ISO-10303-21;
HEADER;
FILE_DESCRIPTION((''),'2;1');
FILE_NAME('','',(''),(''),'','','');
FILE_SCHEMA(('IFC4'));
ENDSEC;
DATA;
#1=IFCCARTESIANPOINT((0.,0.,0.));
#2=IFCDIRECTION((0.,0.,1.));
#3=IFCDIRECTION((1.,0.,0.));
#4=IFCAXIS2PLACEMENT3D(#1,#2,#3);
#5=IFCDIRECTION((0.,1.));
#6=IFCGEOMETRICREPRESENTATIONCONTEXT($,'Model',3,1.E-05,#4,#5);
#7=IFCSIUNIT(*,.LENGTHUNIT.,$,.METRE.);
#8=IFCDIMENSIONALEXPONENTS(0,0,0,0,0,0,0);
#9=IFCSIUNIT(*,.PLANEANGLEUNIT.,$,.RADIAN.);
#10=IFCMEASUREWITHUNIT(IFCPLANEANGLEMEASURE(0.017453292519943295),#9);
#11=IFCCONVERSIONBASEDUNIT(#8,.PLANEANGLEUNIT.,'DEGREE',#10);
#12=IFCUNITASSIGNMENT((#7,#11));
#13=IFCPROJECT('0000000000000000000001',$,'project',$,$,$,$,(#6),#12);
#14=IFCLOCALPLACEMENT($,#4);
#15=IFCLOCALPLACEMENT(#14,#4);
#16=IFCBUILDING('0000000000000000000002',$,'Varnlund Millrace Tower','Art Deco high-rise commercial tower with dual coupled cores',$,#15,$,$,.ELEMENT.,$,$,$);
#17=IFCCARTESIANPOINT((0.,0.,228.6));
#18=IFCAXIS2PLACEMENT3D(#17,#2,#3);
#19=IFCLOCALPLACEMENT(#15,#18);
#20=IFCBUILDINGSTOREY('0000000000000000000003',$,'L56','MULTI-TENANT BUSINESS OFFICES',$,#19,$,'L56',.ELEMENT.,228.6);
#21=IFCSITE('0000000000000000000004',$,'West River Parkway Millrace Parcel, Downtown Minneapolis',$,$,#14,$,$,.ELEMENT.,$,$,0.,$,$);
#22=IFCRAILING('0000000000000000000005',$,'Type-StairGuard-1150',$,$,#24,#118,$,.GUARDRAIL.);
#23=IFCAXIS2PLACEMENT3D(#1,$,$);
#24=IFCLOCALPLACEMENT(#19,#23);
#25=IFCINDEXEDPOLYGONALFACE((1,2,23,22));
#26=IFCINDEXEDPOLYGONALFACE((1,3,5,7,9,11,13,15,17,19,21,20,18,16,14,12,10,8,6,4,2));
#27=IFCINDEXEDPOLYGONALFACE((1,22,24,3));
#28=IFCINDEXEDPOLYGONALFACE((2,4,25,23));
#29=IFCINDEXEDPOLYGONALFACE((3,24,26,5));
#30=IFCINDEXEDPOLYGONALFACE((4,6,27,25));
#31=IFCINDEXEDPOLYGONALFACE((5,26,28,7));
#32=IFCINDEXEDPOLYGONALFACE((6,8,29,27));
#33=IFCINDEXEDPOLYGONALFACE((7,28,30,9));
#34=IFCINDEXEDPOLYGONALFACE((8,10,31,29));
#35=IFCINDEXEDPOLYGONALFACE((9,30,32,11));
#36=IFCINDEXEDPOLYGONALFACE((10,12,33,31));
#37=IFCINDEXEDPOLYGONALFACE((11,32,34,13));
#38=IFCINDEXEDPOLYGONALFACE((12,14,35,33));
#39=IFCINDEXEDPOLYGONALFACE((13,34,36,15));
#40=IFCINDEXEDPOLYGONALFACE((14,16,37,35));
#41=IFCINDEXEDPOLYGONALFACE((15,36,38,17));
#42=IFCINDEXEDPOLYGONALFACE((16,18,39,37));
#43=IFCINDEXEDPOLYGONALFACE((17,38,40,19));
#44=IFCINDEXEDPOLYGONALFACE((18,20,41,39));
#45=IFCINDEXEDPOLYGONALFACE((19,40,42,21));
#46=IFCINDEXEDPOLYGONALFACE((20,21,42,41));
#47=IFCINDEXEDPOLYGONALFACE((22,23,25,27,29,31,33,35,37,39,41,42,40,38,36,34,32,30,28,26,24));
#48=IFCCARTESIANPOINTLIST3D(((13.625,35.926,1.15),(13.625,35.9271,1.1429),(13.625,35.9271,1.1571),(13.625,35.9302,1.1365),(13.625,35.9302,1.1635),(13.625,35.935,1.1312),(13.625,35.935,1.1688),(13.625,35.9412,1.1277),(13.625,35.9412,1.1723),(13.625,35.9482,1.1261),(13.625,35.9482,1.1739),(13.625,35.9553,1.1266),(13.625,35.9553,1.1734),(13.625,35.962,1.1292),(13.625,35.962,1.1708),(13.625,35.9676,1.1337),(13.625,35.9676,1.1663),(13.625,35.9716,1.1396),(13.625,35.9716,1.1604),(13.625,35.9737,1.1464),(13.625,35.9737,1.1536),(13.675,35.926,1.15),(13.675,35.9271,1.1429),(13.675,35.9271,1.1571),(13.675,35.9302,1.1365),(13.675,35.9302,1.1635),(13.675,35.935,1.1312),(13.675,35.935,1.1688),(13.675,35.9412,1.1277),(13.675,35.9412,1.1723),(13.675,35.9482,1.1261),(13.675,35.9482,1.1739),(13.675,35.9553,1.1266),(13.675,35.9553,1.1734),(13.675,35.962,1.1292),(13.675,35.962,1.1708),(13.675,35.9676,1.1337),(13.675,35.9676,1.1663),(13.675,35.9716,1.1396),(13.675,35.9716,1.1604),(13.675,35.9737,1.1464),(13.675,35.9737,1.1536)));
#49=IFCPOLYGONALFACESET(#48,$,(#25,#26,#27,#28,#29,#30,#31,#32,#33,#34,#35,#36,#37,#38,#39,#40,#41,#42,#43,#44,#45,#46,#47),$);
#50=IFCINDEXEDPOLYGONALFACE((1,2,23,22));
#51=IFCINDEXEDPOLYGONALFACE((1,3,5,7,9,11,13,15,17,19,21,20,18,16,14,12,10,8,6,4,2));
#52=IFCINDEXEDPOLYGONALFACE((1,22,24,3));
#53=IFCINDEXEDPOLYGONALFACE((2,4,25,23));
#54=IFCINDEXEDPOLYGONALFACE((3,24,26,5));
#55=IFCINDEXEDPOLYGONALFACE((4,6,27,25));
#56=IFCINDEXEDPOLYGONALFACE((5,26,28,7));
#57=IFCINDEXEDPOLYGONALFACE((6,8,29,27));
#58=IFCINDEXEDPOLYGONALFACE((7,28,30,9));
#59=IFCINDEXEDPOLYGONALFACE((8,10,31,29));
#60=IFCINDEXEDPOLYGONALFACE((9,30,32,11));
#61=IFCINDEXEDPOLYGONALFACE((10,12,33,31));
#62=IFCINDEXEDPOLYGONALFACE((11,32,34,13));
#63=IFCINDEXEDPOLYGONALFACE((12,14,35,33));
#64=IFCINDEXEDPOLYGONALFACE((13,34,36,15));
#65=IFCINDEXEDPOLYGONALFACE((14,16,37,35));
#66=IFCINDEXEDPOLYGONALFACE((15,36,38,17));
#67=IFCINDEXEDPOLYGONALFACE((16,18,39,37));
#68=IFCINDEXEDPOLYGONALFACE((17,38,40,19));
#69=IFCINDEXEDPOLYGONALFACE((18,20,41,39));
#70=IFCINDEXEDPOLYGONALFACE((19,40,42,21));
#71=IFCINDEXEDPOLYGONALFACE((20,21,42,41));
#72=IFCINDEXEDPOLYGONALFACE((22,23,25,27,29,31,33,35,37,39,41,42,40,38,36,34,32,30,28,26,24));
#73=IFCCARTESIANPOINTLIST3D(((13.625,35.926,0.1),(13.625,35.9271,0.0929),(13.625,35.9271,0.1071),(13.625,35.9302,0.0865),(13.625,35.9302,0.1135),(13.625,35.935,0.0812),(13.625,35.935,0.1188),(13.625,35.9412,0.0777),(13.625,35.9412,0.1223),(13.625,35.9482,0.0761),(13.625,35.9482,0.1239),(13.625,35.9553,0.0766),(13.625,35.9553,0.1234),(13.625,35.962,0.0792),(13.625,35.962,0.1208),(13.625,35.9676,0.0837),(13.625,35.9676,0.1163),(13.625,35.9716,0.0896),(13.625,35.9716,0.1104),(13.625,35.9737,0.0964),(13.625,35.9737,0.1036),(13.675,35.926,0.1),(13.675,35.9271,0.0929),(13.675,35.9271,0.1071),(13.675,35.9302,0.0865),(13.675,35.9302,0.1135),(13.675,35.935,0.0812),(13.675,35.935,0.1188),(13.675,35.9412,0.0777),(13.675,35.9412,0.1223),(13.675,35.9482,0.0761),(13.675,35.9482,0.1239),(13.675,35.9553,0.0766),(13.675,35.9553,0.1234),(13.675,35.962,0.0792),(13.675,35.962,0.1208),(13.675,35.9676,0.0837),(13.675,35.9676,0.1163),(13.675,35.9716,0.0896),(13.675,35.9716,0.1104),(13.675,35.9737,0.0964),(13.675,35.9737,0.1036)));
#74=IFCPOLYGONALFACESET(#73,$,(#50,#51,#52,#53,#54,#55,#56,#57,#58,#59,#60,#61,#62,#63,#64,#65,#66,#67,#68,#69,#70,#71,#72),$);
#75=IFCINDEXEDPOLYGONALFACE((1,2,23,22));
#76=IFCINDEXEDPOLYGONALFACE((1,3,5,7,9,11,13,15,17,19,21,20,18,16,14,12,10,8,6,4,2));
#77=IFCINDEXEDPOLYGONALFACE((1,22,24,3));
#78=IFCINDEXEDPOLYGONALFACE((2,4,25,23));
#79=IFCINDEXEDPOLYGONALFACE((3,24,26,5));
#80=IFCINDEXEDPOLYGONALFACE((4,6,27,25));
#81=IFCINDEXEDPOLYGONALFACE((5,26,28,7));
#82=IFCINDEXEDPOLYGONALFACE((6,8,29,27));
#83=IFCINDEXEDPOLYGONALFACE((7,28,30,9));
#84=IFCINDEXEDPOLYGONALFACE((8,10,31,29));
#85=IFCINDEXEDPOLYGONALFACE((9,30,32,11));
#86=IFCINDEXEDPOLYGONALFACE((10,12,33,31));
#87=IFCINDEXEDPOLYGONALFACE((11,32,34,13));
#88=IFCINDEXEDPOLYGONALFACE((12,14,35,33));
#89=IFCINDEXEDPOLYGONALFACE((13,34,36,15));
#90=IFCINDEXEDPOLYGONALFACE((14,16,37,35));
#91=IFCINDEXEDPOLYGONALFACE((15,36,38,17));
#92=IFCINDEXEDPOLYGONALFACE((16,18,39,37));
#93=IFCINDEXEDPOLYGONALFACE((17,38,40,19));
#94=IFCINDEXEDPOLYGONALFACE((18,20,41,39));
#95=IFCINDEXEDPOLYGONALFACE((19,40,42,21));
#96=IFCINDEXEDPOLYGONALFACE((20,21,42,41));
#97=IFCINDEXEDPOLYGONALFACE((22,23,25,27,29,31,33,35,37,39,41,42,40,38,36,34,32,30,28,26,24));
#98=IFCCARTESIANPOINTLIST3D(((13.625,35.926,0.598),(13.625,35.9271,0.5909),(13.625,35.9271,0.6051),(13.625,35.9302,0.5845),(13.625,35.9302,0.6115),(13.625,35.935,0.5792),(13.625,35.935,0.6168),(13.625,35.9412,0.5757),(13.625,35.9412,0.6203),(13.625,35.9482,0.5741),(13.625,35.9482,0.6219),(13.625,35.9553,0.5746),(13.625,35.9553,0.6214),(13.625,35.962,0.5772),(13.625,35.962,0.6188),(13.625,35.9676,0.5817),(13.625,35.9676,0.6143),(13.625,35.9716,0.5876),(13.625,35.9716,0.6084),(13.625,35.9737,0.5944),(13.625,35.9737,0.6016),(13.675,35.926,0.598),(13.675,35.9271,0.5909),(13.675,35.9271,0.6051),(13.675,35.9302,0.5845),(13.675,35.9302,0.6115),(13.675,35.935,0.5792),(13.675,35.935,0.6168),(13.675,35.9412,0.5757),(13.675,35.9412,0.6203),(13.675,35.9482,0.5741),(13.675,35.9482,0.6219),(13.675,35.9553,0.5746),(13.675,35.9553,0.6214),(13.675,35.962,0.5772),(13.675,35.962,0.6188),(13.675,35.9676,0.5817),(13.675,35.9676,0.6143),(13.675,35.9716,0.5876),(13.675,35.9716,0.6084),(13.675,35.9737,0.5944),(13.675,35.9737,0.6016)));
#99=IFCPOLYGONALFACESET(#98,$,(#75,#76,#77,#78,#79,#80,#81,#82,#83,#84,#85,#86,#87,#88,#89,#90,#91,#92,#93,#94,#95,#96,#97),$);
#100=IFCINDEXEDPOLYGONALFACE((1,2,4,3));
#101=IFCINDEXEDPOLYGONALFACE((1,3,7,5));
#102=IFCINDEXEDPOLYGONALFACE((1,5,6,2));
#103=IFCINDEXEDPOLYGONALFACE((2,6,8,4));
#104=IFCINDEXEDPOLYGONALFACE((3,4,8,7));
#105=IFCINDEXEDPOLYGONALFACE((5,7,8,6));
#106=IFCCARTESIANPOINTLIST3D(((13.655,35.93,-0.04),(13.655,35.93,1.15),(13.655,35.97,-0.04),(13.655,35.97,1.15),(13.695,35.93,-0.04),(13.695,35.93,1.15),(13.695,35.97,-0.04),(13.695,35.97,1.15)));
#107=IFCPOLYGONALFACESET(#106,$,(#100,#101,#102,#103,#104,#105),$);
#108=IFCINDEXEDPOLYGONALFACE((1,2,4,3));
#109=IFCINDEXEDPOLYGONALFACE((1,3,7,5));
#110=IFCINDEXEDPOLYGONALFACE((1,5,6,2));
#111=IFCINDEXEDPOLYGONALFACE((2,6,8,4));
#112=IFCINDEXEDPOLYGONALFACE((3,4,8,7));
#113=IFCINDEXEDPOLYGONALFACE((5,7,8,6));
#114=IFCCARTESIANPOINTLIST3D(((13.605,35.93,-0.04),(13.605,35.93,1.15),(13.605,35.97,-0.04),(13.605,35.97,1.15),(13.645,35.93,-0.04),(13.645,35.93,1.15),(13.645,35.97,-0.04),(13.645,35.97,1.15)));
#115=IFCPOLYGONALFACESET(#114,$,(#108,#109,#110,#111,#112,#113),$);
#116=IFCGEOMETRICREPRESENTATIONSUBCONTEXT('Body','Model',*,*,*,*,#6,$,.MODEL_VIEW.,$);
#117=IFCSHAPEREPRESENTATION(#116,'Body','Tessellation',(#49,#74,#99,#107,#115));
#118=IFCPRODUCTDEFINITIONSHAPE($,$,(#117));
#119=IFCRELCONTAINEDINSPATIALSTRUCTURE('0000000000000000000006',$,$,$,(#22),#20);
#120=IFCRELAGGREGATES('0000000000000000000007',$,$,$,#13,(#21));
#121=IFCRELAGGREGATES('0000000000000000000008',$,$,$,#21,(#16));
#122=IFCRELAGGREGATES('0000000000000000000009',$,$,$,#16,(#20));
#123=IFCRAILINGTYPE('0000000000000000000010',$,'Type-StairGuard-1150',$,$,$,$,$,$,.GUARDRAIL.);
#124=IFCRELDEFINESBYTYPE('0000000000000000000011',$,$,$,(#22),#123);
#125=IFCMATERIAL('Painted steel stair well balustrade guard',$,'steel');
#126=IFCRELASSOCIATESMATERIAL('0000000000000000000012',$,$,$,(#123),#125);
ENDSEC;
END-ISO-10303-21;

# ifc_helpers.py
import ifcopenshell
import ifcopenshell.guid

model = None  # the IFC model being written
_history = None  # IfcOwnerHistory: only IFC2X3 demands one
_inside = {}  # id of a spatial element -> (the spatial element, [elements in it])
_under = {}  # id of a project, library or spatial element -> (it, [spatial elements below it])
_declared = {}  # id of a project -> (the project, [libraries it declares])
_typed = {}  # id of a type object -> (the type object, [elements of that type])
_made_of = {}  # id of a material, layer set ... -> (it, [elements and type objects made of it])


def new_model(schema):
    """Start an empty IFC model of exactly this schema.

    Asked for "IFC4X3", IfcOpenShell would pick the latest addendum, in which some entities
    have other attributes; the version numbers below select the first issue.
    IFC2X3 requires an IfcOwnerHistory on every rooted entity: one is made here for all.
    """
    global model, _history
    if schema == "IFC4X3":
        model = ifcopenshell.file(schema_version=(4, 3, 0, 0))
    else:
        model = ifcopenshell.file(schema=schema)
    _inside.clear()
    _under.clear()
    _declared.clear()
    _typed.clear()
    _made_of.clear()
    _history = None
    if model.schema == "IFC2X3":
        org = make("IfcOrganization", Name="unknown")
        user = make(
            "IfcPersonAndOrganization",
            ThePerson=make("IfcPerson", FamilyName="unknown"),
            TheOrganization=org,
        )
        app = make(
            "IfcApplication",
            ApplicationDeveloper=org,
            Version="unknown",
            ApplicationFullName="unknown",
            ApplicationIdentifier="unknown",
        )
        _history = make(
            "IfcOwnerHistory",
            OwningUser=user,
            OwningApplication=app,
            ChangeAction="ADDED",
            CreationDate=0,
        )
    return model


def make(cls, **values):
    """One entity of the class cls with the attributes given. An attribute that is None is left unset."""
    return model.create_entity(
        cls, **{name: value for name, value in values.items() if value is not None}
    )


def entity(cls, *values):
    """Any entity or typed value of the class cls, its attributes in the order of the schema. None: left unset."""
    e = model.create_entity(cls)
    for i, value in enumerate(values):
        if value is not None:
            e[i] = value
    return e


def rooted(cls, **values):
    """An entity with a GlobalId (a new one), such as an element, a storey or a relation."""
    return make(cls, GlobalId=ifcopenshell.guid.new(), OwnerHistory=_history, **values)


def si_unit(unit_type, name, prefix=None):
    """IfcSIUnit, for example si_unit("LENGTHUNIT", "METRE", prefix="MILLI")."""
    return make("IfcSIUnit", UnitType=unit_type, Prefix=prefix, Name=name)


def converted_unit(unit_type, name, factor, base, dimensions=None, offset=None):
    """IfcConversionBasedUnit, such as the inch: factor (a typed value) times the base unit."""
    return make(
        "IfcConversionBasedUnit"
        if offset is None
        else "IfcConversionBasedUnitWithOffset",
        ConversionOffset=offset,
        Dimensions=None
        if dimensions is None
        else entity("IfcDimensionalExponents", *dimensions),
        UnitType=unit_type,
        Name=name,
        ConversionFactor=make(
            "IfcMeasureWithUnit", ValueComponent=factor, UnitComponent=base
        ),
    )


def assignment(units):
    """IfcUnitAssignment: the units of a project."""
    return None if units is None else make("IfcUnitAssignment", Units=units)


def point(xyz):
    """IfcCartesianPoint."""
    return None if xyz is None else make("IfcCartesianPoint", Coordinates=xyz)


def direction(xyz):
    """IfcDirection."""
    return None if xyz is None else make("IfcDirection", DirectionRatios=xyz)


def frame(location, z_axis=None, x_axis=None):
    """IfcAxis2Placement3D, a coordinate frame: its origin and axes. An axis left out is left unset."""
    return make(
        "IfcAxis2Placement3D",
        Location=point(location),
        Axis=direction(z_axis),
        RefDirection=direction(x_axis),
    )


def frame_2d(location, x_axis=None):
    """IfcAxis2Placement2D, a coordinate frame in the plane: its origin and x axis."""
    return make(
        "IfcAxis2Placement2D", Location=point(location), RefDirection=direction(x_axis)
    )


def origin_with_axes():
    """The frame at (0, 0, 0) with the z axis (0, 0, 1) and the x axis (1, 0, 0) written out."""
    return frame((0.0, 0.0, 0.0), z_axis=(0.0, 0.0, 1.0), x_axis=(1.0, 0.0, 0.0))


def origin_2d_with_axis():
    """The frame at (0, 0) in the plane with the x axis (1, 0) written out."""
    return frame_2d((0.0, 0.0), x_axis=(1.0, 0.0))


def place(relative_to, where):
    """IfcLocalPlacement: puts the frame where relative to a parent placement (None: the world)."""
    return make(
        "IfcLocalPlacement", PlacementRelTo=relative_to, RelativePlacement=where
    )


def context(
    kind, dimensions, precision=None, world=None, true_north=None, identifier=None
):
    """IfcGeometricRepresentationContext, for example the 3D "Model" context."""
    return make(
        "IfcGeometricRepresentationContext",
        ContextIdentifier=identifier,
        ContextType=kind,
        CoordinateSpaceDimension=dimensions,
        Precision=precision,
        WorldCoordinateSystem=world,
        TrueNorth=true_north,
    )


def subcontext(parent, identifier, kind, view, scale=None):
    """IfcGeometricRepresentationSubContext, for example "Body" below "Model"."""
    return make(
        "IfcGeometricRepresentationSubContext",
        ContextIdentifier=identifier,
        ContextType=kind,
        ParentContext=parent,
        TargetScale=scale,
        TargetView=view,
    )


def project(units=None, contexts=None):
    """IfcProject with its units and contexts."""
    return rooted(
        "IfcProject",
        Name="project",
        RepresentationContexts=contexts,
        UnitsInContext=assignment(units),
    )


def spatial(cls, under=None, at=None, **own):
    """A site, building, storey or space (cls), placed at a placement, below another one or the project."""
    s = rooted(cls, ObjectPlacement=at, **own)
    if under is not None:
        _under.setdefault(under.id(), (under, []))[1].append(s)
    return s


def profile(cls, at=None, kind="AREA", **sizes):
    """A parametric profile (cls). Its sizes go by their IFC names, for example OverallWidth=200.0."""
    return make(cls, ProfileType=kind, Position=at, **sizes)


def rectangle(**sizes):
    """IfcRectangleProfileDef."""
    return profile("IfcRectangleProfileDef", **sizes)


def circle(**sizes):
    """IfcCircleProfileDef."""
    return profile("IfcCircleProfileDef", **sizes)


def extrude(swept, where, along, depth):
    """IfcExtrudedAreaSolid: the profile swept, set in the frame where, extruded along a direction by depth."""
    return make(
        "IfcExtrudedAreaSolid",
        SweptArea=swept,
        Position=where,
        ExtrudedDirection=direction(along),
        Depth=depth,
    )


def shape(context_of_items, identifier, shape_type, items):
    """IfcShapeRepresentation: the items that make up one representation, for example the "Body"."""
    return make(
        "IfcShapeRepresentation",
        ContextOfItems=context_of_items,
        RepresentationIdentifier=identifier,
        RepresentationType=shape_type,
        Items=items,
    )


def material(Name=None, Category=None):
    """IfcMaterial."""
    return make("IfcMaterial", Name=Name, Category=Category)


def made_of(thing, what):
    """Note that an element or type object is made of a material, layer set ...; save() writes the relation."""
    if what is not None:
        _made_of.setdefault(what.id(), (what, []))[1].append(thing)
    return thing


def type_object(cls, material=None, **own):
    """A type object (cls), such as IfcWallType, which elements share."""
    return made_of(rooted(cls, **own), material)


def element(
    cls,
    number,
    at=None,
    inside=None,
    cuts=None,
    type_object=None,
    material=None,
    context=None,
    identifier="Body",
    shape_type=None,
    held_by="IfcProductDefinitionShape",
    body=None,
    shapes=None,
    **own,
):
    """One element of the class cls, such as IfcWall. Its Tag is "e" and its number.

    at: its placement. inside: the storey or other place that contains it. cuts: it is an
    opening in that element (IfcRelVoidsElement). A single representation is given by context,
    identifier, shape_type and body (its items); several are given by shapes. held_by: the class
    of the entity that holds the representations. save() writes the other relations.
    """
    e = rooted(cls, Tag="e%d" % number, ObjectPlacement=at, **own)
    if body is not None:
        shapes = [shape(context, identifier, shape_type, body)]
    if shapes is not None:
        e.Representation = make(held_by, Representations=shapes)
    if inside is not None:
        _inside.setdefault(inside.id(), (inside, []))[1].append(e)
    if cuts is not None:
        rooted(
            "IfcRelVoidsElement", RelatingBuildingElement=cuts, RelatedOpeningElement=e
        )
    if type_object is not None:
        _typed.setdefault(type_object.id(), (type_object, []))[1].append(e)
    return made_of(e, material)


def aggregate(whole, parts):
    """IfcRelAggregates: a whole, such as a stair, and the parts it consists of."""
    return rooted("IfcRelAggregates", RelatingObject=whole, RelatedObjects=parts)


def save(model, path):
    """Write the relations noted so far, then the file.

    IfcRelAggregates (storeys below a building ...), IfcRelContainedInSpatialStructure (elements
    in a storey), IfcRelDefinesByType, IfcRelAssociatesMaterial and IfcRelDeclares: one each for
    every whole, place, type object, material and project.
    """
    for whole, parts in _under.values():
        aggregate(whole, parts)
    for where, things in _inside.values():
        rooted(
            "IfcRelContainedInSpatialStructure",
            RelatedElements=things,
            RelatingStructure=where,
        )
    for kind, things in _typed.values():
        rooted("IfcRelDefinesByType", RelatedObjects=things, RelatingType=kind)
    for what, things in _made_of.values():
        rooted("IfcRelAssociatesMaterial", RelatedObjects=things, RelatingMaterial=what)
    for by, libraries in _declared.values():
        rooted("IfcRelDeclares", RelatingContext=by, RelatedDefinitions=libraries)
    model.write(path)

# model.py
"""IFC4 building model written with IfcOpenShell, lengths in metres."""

from ifc_helpers import new_model, entity, si_unit, converted_unit, direction, frame, origin_with_axes, origin_2d_with_axis, place, context, subcontext, project, spatial, rectangle, circle, extrude, material, type_object, element, save


model = new_model("IFC4")

# Units and contexts
model_context = context("Model", 3, precision=1e-05, world=origin_with_axes(), true_north=direction((0.0, 1.0)))
body_context = subcontext(model_context, "Body", "Model", "MODEL_VIEW")
ifc_project = project(units=[si_unit("LENGTHUNIT", "METRE"), converted_unit("PLANEANGLEUNIT", "DEGREE", entity("IfcPlaneAngleMeasure", 0.017453292519943295), si_unit("PLANEANGLEUNIT", "RADIAN"), dimensions=[0, 0, 0, 0, 0, 0, 0])], contexts=[model_context])

# Site, building, storey
site_placement = place(None, origin_with_axes())
site = spatial("IfcSite", under=ifc_project, at=site_placement, Name="West River Parkway Millrace Parcel, Downtown Minneapolis", CompositionType="ELEMENT", RefElevation=0.0)
building_placement = place(site_placement, origin_with_axes())
building = spatial("IfcBuilding", under=site, at=building_placement, Name="Varnlund Millrace Tower", Description="Art Deco high-rise commercial tower with dual coupled cores", CompositionType="ELEMENT")
storey_placement = place(building_placement, frame((0.0, 0.0, 228.6), z_axis=(0.0, 0.0, 1.0), x_axis=(1.0, 0.0, 0.0)))
storey = spatial("IfcBuildingStorey", under=building, at=storey_placement, Name="L56", Description="MULTI-TENANT BUSINESS OFFICES", LongName="L56", CompositionType="ELEMENT", Elevation=228.6)

# Railing
ifc_material_1 = material(Name="Painted steel stair well balustrade guard", Category="steel")
railing_type_1 = type_object("IfcRailingType", Name="Type-StairGuard-1150", PredefinedType="GUARDRAIL", material=ifc_material_1)
railing_1_placement = place(storey_placement, frame((0.0, 0.0, -228.6), z_axis=(0.0, 0.0, 1.0), x_axis=(1.0, 0.0, 0.0)))
element("IfcRailing", 1, at=railing_1_placement, inside=storey, type_object=railing_type_1, Name="Type-StairGuard-1150", PredefinedType="GUARDRAIL", context=body_context, shape_type="SweptSolid", body=[
    extrude(circle(Radius=0.024, at=origin_2d_with_axis()), frame((13.675, 35.95, 229.75), z_axis=(-1.0, 0.0, 0.0), x_axis=(0.0, -1.0, 0.0)), (0.0, 0.0, 1.0), 0.05),
    extrude(circle(Radius=0.024, at=origin_2d_with_axis()), frame((13.675, 35.95, 228.7), z_axis=(-1.0, 0.0, 0.0), x_axis=(0.0, -1.0, 0.0)), (0.0, 0.0, 1.0), 0.05),
    extrude(circle(Radius=0.024, at=origin_2d_with_axis()), frame((13.675, 35.95, 229.198), z_axis=(-1.0, 0.0, 0.0), x_axis=(0.0, -1.0, 0.0)), (0.0, 0.0, 1.0), 0.05),
    extrude(rectangle(XDim=0.04, YDim=0.04, at=origin_2d_with_axis()), frame((13.675, 35.95, 228.56), z_axis=(0.0, 0.0, 1.0), x_axis=(1.0, 0.0, 0.0)), (0.0, 0.0, 1.0), 1.19),
    extrude(rectangle(XDim=0.04, YDim=0.04, at=origin_2d_with_axis()), frame((13.625, 35.95, 228.56), z_axis=(0.0, 0.0, 1.0), x_axis=(1.0, 0.0, 0.0)), (0.0, 0.0, 1.0), 1.19),
])

save(model, "model.ifc")
